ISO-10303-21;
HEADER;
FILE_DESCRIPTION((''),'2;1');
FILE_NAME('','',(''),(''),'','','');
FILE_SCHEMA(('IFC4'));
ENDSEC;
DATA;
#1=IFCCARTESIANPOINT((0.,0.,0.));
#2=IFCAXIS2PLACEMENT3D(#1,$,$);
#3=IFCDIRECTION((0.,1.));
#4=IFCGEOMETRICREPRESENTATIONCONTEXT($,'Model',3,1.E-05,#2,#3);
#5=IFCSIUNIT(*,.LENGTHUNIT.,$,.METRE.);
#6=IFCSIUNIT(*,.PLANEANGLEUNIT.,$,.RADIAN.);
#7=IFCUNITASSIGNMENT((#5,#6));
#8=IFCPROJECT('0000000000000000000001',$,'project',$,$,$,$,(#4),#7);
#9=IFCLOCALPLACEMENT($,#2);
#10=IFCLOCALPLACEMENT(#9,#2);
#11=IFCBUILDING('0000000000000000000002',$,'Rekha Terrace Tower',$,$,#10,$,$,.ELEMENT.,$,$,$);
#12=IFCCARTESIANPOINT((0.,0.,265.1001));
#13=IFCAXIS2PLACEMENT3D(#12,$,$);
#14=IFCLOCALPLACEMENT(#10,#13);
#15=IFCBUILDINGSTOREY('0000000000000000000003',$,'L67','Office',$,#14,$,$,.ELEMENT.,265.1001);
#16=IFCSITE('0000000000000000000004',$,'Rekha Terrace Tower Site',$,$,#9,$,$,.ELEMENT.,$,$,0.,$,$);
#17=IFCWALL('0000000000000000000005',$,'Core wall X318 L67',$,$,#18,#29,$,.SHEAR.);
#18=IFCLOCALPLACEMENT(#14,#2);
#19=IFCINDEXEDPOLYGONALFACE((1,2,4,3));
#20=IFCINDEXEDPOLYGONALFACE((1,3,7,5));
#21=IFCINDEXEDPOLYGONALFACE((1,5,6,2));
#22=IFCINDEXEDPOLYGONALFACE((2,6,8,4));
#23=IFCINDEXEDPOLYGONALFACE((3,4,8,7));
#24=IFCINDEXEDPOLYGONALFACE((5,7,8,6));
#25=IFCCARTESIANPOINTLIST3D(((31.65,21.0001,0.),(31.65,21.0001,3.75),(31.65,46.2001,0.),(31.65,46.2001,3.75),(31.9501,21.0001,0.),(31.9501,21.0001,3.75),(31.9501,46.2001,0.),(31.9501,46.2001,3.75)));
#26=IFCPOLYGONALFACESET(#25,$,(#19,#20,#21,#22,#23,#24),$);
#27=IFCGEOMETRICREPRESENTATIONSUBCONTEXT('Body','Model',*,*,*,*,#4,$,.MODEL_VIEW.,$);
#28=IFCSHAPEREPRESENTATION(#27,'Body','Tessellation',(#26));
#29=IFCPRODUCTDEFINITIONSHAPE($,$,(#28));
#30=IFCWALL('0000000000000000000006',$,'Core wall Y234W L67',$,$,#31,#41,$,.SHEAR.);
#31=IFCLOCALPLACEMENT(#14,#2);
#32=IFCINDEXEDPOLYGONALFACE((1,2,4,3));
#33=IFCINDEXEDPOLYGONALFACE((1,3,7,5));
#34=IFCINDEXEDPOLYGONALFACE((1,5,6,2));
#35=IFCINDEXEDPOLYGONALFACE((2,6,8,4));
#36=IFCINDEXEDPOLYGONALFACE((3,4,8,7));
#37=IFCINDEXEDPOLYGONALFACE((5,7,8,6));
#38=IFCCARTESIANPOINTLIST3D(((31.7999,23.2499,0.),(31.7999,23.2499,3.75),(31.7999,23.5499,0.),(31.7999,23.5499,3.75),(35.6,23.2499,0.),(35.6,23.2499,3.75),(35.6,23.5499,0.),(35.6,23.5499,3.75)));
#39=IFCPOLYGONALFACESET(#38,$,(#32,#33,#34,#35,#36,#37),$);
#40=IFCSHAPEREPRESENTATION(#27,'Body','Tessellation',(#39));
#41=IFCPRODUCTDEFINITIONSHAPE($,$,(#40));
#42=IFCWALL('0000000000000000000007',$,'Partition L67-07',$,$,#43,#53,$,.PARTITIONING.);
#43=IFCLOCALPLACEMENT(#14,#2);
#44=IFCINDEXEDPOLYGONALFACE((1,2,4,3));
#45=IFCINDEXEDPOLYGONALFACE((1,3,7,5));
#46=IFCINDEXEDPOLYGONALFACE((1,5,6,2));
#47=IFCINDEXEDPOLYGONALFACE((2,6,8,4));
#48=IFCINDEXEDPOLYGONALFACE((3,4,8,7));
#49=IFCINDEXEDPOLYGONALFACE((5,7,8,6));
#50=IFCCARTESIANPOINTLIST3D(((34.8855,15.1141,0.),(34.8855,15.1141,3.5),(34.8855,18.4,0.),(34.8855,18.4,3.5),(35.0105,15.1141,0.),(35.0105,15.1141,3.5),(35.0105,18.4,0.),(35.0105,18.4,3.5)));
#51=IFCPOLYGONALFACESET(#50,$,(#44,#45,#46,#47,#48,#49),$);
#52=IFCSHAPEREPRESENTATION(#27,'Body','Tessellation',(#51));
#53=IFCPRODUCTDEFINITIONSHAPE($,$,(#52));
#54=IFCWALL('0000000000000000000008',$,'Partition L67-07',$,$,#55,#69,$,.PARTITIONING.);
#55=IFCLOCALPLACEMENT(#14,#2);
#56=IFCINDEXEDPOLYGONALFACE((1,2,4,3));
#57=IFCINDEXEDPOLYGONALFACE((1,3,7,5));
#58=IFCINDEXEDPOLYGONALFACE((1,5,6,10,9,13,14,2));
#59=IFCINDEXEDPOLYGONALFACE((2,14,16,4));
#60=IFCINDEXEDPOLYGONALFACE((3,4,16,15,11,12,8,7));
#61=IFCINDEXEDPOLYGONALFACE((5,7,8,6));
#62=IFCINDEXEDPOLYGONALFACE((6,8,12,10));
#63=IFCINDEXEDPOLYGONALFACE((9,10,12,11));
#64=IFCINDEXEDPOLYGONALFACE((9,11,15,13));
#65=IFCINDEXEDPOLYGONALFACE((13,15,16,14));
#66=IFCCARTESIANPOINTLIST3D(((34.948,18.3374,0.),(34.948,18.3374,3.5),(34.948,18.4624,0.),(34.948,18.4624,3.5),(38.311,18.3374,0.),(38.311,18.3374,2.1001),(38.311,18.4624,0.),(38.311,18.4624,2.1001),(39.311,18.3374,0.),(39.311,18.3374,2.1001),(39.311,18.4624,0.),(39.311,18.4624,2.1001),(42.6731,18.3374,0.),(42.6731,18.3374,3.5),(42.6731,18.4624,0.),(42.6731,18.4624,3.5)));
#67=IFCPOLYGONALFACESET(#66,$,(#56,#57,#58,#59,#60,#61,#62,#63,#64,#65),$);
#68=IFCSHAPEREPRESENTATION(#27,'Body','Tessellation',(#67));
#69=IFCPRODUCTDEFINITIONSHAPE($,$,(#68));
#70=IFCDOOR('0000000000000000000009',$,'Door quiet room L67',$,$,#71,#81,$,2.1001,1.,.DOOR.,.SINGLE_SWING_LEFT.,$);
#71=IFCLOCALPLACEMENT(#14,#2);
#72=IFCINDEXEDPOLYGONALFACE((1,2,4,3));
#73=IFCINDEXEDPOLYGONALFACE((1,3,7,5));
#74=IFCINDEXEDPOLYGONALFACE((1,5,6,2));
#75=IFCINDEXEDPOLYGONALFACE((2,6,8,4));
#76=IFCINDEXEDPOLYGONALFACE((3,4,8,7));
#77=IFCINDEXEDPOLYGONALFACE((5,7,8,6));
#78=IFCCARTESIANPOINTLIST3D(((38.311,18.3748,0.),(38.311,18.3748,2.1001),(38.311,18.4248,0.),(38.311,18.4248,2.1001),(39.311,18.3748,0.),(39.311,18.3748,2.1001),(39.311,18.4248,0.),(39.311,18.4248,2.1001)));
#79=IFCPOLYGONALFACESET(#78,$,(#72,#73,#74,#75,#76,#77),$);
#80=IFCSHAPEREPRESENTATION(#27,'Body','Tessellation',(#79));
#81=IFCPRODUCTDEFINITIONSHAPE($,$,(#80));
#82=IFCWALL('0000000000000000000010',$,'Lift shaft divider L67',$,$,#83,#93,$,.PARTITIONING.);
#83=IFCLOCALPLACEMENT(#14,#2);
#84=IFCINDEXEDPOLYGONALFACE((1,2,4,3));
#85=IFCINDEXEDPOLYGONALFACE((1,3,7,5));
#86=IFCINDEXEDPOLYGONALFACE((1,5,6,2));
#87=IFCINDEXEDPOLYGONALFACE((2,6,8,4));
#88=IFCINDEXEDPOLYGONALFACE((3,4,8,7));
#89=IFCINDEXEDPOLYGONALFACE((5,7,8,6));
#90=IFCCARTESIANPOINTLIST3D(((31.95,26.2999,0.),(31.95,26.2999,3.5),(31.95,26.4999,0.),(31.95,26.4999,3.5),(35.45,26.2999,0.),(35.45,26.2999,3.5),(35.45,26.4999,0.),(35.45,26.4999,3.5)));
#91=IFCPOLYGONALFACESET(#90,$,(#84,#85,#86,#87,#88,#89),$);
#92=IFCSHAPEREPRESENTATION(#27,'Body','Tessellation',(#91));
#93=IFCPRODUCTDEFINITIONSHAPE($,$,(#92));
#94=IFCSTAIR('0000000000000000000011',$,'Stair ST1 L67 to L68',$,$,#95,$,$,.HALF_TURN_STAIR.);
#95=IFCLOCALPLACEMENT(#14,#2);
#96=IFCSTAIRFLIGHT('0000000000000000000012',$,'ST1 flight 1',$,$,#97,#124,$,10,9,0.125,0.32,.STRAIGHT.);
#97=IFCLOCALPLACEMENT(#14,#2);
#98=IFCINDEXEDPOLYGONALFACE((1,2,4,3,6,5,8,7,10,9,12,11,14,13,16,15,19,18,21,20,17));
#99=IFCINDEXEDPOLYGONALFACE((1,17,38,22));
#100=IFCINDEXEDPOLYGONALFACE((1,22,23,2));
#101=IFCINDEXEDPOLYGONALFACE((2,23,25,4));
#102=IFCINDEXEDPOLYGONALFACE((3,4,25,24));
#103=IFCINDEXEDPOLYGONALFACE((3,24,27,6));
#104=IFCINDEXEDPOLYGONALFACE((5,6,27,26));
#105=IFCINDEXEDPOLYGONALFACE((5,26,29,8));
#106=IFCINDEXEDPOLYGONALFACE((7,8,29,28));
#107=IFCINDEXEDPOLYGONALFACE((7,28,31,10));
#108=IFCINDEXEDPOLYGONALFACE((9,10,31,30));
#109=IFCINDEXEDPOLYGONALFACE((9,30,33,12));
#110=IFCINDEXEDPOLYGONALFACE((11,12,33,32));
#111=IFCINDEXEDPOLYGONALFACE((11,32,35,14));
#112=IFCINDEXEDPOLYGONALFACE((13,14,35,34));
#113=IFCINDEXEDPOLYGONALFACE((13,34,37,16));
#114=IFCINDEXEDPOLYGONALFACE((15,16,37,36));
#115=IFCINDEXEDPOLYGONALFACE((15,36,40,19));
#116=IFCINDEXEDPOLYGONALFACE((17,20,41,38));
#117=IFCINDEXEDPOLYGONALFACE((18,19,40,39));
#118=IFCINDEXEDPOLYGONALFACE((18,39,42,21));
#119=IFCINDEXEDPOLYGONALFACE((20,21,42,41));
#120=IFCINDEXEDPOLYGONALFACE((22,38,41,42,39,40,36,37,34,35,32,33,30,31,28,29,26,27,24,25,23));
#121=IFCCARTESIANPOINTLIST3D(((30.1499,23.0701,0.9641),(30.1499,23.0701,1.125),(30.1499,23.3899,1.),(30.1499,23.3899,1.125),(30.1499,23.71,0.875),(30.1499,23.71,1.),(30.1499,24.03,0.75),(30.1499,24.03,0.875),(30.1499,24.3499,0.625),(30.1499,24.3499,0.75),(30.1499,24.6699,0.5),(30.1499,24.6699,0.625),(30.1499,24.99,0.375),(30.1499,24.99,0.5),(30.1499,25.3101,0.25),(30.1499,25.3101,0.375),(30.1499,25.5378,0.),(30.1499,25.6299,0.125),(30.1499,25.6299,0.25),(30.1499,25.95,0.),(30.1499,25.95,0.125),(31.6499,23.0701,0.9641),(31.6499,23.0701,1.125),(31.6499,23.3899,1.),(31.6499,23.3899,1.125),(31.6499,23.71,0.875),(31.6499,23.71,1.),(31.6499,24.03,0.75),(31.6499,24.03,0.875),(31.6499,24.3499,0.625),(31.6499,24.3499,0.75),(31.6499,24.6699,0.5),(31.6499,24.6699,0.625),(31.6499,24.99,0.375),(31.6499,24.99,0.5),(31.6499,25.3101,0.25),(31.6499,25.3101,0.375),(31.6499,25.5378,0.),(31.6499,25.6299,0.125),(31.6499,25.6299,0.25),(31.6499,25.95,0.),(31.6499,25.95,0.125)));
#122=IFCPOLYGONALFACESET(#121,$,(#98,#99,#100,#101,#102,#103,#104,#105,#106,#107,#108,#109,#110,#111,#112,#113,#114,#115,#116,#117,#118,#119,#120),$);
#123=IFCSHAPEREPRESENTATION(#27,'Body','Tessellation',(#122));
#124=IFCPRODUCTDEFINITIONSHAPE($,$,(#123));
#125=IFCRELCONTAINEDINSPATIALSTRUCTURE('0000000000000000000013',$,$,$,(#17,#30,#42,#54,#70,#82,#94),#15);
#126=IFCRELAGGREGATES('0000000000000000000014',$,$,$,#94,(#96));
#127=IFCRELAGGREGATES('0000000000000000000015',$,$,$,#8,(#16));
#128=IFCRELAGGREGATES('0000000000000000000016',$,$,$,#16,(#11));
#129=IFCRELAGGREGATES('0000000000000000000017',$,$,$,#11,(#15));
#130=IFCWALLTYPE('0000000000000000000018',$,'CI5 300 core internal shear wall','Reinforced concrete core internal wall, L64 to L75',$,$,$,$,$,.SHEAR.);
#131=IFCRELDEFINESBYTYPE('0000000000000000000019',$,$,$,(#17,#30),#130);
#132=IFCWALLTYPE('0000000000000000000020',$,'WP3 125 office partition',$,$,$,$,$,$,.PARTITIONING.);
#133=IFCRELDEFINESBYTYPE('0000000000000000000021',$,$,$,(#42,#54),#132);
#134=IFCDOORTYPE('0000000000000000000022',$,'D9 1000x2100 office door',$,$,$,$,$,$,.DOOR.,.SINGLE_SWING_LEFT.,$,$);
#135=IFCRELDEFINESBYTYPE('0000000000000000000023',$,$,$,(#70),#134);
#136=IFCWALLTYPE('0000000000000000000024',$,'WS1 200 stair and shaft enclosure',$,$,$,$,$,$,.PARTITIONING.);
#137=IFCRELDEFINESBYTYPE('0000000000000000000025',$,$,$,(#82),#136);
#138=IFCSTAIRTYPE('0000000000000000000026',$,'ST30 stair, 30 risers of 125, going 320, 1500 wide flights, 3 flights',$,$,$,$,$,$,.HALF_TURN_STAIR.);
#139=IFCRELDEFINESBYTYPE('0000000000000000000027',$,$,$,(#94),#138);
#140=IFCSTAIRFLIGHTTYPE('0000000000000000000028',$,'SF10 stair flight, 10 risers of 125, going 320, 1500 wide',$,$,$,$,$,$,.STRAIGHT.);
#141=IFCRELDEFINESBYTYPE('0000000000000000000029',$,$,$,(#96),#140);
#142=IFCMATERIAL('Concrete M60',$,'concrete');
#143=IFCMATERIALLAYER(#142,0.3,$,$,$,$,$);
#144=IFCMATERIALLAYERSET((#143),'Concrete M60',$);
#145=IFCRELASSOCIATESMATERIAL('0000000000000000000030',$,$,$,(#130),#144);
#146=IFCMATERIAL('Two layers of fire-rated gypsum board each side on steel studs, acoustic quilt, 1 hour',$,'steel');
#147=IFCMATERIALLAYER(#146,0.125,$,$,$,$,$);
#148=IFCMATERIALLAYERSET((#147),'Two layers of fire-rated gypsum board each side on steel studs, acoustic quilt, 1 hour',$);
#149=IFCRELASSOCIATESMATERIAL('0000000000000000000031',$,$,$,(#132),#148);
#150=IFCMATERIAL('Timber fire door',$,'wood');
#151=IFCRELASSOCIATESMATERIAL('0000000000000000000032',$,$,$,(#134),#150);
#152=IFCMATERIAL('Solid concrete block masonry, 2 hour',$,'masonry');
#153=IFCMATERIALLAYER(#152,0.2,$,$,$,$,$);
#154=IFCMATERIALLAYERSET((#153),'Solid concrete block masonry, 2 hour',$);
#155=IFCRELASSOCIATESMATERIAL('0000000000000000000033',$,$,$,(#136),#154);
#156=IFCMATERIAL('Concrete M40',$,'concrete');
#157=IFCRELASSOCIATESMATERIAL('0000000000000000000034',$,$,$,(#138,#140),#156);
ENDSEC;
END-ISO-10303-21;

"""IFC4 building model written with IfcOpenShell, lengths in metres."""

from ifc_helpers import new_model, si_unit, direction, frame, frame_2d, origin, place, context, subcontext, project, spatial, polyline, rectangle, outline, extrude, material, layer, layer_set, type_object, element, fill, aggregate, save


model = new_model("IFC4")

# Units and contexts
model_context = context("Model", 3, precision=1e-05, world=origin(), true_north=direction((0.0, 1.0)))
body_context = subcontext(model_context, "Body", "Model", "MODEL_VIEW")
ifc_project = project(units=[si_unit("LENGTHUNIT", "METRE"), si_unit("PLANEANGLEUNIT", "RADIAN")], contexts=[model_context])

# Site, building, storey
site_placement = place(None, origin())
site = spatial("IfcSite", under=ifc_project, at=site_placement, Name="Rekha Terrace Tower Site", CompositionType="ELEMENT", RefElevation=0.0)
building_placement = place(site_placement, origin())
building = spatial("IfcBuilding", under=site, at=building_placement, Name="Rekha Terrace Tower", CompositionType="ELEMENT")
storey_placement = place(building_placement, frame((0.0, 0.0, 265.1001)))
storey = spatial("IfcBuildingStorey", under=building, at=storey_placement, Name="L67", Description="Office", CompositionType="ELEMENT", Elevation=265.1001)

# Shared definitions
ifc_material_1 = material(Name="Concrete M60", Category="concrete")

# Walls
ifc_layer_1 = layer(ifc_material_1, 0.3)
ifc_layer_set_1 = layer_set([ifc_layer_1], Name="Concrete M60")
wall_type_1 = type_object("IfcWallType", Name="CI5 300 core internal shear wall", Description="Reinforced concrete core internal wall, L64 to L75", PredefinedType="SHEAR", material=ifc_layer_set_1)
wall_1_placement = place(storey_placement, frame((31.8, 21.0, 0.0), z_axis=(0.0, 0.0, 1.0), x_axis=(0.0, 1.0, 0.0)))
element("IfcWall", 1, at=wall_1_placement, inside=storey, type_object=wall_type_1, Name="Core wall X318 L67", PredefinedType="SHEAR", context=body_context, shape_type="SweptSolid", body=[
    extrude(rectangle(XDim=25.2, YDim=0.3, at=frame_2d((12.6001, 0.0))), origin(), (0.0, 0.0, 1.0), 3.75),
])
wall_2_placement = place(storey_placement, frame((31.8, 23.3999, 0.0), z_axis=(0.0, 0.0, 1.0), x_axis=(1.0, 0.0, 0.0)))
element("IfcWall", 2, at=wall_2_placement, inside=storey, type_object=wall_type_1, Name="Core wall Y234W L67", PredefinedType="SHEAR", context=body_context, shape_type="SweptSolid", body=[
    extrude(rectangle(XDim=3.8, YDim=0.3, at=frame_2d((1.8999, 0.0))), origin(), (0.0, 0.0, 1.0), 3.75),
])
ifc_material_2 = material(Name="Two layers of fire-rated gypsum board each side on steel studs, acoustic quilt, 1 hour", Category="steel")
ifc_layer_2 = layer(ifc_material_2, 0.125)
ifc_layer_set_2 = layer_set([ifc_layer_2], Name="Two layers of fire-rated gypsum board each side on steel studs, acoustic quilt, 1 hour")
wall_type_2 = type_object("IfcWallType", Name="WP3 125 office partition", PredefinedType="PARTITIONING", material=ifc_layer_set_2)
wall_3_placement = place(storey_placement, frame((34.948, 15.114, 0.0), z_axis=(0.0, 0.0, 1.0), x_axis=(0.0, 1.0, 0.0)))
element("IfcWall", 3, at=wall_3_placement, inside=storey, type_object=wall_type_2, Name="Partition L67-07", PredefinedType="PARTITIONING", context=body_context, shape_type="SweptSolid", body=[
    extrude(rectangle(XDim=3.2859, YDim=0.125, at=frame_2d((1.6431, 0.0))), origin(), (0.0, 0.0, 1.0), 3.5),
])

# Wall, opening, door
wall_4_placement = place(storey_placement, frame((34.948, 18.3999, 0.0), z_axis=(0.0, 0.0, 1.0), x_axis=(1.0, 0.0, 0.0)))
wall_4 = element("IfcWall", 4, at=wall_4_placement, inside=storey, type_object=wall_type_2, Name="Partition L67-07", PredefinedType="PARTITIONING", context=body_context, shape_type="SweptSolid", body=[
    extrude(rectangle(XDim=7.7251, YDim=0.125, at=frame_2d((3.8625, 0.0))), origin(), (0.0, 0.0, 1.0), 3.5),
])
opening_placement = place(wall_4_placement, frame((3.363, 0.0, 0.0)))
opening = element("IfcOpeningElement", 5, at=opening_placement, cuts=wall_4, PredefinedType="OPENING", context=body_context, shape_type="SweptSolid", body=[
    extrude(rectangle(XDim=1.0, YDim=2.1001, at=frame_2d((0.5, 1.05))), frame((0.0, 0.0725, 0.0), z_axis=(0.0, -1.0, 0.0), x_axis=(1.0, 0.0, 0.0)), (0.0, 0.0, 1.0), 0.145),
])
ifc_material_3 = material(Name="Timber fire door", Category="wood")
door_type = type_object("IfcDoorType", Name="D9 1000x2100 office door", OperationType="SINGLE_SWING_LEFT", PredefinedType="DOOR", material=ifc_material_3)
door_placement = place(opening_placement, origin())
door = element("IfcDoor", 6, at=door_placement, inside=storey, type_object=door_type, Name="Door quiet room L67", OperationType="SINGLE_SWING_LEFT", OverallHeight=2.1001, OverallWidth=1.0, PredefinedType="DOOR", context=body_context, shape_type="SweptSolid", body=[
    extrude(rectangle(XDim=1.0, YDim=2.1001, at=frame_2d((0.5, 1.05))), frame((0.0, 0.0249, 0.0), z_axis=(0.0, -1.0, 0.0), x_axis=(1.0, 0.0, 0.0)), (0.0, 0.0, 1.0), 0.05),
])
fill(opening, door)

# Wall
ifc_material_4 = material(Name="Solid concrete block masonry, 2 hour", Category="masonry")
ifc_layer_3 = layer(ifc_material_4, 0.2)
ifc_layer_set_3 = layer_set([ifc_layer_3], Name="Solid concrete block masonry, 2 hour")
wall_type_3 = type_object("IfcWallType", Name="WS1 200 stair and shaft enclosure", PredefinedType="PARTITIONING", material=ifc_layer_set_3)
wall_5_placement = place(storey_placement, frame((31.95, 26.3999, 0.0), z_axis=(0.0, 0.0, 1.0), x_axis=(1.0, 0.0, 0.0)))
element("IfcWall", 7, at=wall_5_placement, inside=storey, type_object=wall_type_3, Name="Lift shaft divider L67", PredefinedType="PARTITIONING", context=body_context, shape_type="SweptSolid", body=[
    extrude(rectangle(XDim=3.5, YDim=0.2, at=frame_2d((1.75, 0.0))), origin(), (0.0, 0.0, 1.0), 3.5),
])

# Stair, stair flight
ifc_material_5 = material(Name="Concrete M40", Category="concrete")
stair_type = type_object("IfcStairType", Name="ST30 stair, 30 risers of 125, going 320, 1500 wide flights, 3 flights", PredefinedType="HALF_TURN_STAIR", material=ifc_material_5)
stair_placement = place(storey_placement, origin())
stair = element("IfcStair", 8, at=stair_placement, inside=storey, type_object=stair_type, Name="Stair ST1 L67 to L68", PredefinedType="HALF_TURN_STAIR")
stair_flight_type = type_object("IfcStairFlightType", Name="SF10 stair flight, 10 risers of 125, going 320, 1500 wide", PredefinedType="STRAIGHT", material=ifc_material_5)
stair_flight_placement = place(storey_placement, frame((30.8999, 25.95, 0.0), z_axis=(0.0, 0.0, 1.0), x_axis=(0.0, -1.0, 0.0)))
stair_flight = element("IfcStairFlight", 9, at=stair_flight_placement, type_object=stair_flight_type, Name="ST1 flight 1", NumberOfRisers=10, NumberOfTreads=9, PredefinedType="STRAIGHT", RiserHeight=0.125, TreadLength=0.32, context=body_context, shape_type="SweptSolid", body=[
    extrude(outline(polyline([(0.0, 0.0), (0.0, 0.125), (0.3201, 0.125), (0.3201, 0.25), (0.6399, 0.25), (0.6399, 0.375), (0.96, 0.375), (0.96, 0.5), (1.28, 0.5), (1.28, 0.625), (1.6001, 0.625), (1.6001, 0.75), (1.9199, 0.75), (1.9199, 0.875), (2.24, 0.875), (2.24, 1.0), (2.5601, 1.0), (2.5601, 1.125), (2.8799, 1.125), (2.8799, 1.25), (2.8799, 0.9641), (0.4121, 0.0), (0.0, 0.0)])), frame((0.0, 0.75, 0.0), z_axis=(0.0, -1.0, 0.0), x_axis=(1.0, 0.0, 0.0)), (0.0, 0.0, 1.0), 1.5),
])
aggregate(stair, [stair_flight])

save(model, "model.ifc")
